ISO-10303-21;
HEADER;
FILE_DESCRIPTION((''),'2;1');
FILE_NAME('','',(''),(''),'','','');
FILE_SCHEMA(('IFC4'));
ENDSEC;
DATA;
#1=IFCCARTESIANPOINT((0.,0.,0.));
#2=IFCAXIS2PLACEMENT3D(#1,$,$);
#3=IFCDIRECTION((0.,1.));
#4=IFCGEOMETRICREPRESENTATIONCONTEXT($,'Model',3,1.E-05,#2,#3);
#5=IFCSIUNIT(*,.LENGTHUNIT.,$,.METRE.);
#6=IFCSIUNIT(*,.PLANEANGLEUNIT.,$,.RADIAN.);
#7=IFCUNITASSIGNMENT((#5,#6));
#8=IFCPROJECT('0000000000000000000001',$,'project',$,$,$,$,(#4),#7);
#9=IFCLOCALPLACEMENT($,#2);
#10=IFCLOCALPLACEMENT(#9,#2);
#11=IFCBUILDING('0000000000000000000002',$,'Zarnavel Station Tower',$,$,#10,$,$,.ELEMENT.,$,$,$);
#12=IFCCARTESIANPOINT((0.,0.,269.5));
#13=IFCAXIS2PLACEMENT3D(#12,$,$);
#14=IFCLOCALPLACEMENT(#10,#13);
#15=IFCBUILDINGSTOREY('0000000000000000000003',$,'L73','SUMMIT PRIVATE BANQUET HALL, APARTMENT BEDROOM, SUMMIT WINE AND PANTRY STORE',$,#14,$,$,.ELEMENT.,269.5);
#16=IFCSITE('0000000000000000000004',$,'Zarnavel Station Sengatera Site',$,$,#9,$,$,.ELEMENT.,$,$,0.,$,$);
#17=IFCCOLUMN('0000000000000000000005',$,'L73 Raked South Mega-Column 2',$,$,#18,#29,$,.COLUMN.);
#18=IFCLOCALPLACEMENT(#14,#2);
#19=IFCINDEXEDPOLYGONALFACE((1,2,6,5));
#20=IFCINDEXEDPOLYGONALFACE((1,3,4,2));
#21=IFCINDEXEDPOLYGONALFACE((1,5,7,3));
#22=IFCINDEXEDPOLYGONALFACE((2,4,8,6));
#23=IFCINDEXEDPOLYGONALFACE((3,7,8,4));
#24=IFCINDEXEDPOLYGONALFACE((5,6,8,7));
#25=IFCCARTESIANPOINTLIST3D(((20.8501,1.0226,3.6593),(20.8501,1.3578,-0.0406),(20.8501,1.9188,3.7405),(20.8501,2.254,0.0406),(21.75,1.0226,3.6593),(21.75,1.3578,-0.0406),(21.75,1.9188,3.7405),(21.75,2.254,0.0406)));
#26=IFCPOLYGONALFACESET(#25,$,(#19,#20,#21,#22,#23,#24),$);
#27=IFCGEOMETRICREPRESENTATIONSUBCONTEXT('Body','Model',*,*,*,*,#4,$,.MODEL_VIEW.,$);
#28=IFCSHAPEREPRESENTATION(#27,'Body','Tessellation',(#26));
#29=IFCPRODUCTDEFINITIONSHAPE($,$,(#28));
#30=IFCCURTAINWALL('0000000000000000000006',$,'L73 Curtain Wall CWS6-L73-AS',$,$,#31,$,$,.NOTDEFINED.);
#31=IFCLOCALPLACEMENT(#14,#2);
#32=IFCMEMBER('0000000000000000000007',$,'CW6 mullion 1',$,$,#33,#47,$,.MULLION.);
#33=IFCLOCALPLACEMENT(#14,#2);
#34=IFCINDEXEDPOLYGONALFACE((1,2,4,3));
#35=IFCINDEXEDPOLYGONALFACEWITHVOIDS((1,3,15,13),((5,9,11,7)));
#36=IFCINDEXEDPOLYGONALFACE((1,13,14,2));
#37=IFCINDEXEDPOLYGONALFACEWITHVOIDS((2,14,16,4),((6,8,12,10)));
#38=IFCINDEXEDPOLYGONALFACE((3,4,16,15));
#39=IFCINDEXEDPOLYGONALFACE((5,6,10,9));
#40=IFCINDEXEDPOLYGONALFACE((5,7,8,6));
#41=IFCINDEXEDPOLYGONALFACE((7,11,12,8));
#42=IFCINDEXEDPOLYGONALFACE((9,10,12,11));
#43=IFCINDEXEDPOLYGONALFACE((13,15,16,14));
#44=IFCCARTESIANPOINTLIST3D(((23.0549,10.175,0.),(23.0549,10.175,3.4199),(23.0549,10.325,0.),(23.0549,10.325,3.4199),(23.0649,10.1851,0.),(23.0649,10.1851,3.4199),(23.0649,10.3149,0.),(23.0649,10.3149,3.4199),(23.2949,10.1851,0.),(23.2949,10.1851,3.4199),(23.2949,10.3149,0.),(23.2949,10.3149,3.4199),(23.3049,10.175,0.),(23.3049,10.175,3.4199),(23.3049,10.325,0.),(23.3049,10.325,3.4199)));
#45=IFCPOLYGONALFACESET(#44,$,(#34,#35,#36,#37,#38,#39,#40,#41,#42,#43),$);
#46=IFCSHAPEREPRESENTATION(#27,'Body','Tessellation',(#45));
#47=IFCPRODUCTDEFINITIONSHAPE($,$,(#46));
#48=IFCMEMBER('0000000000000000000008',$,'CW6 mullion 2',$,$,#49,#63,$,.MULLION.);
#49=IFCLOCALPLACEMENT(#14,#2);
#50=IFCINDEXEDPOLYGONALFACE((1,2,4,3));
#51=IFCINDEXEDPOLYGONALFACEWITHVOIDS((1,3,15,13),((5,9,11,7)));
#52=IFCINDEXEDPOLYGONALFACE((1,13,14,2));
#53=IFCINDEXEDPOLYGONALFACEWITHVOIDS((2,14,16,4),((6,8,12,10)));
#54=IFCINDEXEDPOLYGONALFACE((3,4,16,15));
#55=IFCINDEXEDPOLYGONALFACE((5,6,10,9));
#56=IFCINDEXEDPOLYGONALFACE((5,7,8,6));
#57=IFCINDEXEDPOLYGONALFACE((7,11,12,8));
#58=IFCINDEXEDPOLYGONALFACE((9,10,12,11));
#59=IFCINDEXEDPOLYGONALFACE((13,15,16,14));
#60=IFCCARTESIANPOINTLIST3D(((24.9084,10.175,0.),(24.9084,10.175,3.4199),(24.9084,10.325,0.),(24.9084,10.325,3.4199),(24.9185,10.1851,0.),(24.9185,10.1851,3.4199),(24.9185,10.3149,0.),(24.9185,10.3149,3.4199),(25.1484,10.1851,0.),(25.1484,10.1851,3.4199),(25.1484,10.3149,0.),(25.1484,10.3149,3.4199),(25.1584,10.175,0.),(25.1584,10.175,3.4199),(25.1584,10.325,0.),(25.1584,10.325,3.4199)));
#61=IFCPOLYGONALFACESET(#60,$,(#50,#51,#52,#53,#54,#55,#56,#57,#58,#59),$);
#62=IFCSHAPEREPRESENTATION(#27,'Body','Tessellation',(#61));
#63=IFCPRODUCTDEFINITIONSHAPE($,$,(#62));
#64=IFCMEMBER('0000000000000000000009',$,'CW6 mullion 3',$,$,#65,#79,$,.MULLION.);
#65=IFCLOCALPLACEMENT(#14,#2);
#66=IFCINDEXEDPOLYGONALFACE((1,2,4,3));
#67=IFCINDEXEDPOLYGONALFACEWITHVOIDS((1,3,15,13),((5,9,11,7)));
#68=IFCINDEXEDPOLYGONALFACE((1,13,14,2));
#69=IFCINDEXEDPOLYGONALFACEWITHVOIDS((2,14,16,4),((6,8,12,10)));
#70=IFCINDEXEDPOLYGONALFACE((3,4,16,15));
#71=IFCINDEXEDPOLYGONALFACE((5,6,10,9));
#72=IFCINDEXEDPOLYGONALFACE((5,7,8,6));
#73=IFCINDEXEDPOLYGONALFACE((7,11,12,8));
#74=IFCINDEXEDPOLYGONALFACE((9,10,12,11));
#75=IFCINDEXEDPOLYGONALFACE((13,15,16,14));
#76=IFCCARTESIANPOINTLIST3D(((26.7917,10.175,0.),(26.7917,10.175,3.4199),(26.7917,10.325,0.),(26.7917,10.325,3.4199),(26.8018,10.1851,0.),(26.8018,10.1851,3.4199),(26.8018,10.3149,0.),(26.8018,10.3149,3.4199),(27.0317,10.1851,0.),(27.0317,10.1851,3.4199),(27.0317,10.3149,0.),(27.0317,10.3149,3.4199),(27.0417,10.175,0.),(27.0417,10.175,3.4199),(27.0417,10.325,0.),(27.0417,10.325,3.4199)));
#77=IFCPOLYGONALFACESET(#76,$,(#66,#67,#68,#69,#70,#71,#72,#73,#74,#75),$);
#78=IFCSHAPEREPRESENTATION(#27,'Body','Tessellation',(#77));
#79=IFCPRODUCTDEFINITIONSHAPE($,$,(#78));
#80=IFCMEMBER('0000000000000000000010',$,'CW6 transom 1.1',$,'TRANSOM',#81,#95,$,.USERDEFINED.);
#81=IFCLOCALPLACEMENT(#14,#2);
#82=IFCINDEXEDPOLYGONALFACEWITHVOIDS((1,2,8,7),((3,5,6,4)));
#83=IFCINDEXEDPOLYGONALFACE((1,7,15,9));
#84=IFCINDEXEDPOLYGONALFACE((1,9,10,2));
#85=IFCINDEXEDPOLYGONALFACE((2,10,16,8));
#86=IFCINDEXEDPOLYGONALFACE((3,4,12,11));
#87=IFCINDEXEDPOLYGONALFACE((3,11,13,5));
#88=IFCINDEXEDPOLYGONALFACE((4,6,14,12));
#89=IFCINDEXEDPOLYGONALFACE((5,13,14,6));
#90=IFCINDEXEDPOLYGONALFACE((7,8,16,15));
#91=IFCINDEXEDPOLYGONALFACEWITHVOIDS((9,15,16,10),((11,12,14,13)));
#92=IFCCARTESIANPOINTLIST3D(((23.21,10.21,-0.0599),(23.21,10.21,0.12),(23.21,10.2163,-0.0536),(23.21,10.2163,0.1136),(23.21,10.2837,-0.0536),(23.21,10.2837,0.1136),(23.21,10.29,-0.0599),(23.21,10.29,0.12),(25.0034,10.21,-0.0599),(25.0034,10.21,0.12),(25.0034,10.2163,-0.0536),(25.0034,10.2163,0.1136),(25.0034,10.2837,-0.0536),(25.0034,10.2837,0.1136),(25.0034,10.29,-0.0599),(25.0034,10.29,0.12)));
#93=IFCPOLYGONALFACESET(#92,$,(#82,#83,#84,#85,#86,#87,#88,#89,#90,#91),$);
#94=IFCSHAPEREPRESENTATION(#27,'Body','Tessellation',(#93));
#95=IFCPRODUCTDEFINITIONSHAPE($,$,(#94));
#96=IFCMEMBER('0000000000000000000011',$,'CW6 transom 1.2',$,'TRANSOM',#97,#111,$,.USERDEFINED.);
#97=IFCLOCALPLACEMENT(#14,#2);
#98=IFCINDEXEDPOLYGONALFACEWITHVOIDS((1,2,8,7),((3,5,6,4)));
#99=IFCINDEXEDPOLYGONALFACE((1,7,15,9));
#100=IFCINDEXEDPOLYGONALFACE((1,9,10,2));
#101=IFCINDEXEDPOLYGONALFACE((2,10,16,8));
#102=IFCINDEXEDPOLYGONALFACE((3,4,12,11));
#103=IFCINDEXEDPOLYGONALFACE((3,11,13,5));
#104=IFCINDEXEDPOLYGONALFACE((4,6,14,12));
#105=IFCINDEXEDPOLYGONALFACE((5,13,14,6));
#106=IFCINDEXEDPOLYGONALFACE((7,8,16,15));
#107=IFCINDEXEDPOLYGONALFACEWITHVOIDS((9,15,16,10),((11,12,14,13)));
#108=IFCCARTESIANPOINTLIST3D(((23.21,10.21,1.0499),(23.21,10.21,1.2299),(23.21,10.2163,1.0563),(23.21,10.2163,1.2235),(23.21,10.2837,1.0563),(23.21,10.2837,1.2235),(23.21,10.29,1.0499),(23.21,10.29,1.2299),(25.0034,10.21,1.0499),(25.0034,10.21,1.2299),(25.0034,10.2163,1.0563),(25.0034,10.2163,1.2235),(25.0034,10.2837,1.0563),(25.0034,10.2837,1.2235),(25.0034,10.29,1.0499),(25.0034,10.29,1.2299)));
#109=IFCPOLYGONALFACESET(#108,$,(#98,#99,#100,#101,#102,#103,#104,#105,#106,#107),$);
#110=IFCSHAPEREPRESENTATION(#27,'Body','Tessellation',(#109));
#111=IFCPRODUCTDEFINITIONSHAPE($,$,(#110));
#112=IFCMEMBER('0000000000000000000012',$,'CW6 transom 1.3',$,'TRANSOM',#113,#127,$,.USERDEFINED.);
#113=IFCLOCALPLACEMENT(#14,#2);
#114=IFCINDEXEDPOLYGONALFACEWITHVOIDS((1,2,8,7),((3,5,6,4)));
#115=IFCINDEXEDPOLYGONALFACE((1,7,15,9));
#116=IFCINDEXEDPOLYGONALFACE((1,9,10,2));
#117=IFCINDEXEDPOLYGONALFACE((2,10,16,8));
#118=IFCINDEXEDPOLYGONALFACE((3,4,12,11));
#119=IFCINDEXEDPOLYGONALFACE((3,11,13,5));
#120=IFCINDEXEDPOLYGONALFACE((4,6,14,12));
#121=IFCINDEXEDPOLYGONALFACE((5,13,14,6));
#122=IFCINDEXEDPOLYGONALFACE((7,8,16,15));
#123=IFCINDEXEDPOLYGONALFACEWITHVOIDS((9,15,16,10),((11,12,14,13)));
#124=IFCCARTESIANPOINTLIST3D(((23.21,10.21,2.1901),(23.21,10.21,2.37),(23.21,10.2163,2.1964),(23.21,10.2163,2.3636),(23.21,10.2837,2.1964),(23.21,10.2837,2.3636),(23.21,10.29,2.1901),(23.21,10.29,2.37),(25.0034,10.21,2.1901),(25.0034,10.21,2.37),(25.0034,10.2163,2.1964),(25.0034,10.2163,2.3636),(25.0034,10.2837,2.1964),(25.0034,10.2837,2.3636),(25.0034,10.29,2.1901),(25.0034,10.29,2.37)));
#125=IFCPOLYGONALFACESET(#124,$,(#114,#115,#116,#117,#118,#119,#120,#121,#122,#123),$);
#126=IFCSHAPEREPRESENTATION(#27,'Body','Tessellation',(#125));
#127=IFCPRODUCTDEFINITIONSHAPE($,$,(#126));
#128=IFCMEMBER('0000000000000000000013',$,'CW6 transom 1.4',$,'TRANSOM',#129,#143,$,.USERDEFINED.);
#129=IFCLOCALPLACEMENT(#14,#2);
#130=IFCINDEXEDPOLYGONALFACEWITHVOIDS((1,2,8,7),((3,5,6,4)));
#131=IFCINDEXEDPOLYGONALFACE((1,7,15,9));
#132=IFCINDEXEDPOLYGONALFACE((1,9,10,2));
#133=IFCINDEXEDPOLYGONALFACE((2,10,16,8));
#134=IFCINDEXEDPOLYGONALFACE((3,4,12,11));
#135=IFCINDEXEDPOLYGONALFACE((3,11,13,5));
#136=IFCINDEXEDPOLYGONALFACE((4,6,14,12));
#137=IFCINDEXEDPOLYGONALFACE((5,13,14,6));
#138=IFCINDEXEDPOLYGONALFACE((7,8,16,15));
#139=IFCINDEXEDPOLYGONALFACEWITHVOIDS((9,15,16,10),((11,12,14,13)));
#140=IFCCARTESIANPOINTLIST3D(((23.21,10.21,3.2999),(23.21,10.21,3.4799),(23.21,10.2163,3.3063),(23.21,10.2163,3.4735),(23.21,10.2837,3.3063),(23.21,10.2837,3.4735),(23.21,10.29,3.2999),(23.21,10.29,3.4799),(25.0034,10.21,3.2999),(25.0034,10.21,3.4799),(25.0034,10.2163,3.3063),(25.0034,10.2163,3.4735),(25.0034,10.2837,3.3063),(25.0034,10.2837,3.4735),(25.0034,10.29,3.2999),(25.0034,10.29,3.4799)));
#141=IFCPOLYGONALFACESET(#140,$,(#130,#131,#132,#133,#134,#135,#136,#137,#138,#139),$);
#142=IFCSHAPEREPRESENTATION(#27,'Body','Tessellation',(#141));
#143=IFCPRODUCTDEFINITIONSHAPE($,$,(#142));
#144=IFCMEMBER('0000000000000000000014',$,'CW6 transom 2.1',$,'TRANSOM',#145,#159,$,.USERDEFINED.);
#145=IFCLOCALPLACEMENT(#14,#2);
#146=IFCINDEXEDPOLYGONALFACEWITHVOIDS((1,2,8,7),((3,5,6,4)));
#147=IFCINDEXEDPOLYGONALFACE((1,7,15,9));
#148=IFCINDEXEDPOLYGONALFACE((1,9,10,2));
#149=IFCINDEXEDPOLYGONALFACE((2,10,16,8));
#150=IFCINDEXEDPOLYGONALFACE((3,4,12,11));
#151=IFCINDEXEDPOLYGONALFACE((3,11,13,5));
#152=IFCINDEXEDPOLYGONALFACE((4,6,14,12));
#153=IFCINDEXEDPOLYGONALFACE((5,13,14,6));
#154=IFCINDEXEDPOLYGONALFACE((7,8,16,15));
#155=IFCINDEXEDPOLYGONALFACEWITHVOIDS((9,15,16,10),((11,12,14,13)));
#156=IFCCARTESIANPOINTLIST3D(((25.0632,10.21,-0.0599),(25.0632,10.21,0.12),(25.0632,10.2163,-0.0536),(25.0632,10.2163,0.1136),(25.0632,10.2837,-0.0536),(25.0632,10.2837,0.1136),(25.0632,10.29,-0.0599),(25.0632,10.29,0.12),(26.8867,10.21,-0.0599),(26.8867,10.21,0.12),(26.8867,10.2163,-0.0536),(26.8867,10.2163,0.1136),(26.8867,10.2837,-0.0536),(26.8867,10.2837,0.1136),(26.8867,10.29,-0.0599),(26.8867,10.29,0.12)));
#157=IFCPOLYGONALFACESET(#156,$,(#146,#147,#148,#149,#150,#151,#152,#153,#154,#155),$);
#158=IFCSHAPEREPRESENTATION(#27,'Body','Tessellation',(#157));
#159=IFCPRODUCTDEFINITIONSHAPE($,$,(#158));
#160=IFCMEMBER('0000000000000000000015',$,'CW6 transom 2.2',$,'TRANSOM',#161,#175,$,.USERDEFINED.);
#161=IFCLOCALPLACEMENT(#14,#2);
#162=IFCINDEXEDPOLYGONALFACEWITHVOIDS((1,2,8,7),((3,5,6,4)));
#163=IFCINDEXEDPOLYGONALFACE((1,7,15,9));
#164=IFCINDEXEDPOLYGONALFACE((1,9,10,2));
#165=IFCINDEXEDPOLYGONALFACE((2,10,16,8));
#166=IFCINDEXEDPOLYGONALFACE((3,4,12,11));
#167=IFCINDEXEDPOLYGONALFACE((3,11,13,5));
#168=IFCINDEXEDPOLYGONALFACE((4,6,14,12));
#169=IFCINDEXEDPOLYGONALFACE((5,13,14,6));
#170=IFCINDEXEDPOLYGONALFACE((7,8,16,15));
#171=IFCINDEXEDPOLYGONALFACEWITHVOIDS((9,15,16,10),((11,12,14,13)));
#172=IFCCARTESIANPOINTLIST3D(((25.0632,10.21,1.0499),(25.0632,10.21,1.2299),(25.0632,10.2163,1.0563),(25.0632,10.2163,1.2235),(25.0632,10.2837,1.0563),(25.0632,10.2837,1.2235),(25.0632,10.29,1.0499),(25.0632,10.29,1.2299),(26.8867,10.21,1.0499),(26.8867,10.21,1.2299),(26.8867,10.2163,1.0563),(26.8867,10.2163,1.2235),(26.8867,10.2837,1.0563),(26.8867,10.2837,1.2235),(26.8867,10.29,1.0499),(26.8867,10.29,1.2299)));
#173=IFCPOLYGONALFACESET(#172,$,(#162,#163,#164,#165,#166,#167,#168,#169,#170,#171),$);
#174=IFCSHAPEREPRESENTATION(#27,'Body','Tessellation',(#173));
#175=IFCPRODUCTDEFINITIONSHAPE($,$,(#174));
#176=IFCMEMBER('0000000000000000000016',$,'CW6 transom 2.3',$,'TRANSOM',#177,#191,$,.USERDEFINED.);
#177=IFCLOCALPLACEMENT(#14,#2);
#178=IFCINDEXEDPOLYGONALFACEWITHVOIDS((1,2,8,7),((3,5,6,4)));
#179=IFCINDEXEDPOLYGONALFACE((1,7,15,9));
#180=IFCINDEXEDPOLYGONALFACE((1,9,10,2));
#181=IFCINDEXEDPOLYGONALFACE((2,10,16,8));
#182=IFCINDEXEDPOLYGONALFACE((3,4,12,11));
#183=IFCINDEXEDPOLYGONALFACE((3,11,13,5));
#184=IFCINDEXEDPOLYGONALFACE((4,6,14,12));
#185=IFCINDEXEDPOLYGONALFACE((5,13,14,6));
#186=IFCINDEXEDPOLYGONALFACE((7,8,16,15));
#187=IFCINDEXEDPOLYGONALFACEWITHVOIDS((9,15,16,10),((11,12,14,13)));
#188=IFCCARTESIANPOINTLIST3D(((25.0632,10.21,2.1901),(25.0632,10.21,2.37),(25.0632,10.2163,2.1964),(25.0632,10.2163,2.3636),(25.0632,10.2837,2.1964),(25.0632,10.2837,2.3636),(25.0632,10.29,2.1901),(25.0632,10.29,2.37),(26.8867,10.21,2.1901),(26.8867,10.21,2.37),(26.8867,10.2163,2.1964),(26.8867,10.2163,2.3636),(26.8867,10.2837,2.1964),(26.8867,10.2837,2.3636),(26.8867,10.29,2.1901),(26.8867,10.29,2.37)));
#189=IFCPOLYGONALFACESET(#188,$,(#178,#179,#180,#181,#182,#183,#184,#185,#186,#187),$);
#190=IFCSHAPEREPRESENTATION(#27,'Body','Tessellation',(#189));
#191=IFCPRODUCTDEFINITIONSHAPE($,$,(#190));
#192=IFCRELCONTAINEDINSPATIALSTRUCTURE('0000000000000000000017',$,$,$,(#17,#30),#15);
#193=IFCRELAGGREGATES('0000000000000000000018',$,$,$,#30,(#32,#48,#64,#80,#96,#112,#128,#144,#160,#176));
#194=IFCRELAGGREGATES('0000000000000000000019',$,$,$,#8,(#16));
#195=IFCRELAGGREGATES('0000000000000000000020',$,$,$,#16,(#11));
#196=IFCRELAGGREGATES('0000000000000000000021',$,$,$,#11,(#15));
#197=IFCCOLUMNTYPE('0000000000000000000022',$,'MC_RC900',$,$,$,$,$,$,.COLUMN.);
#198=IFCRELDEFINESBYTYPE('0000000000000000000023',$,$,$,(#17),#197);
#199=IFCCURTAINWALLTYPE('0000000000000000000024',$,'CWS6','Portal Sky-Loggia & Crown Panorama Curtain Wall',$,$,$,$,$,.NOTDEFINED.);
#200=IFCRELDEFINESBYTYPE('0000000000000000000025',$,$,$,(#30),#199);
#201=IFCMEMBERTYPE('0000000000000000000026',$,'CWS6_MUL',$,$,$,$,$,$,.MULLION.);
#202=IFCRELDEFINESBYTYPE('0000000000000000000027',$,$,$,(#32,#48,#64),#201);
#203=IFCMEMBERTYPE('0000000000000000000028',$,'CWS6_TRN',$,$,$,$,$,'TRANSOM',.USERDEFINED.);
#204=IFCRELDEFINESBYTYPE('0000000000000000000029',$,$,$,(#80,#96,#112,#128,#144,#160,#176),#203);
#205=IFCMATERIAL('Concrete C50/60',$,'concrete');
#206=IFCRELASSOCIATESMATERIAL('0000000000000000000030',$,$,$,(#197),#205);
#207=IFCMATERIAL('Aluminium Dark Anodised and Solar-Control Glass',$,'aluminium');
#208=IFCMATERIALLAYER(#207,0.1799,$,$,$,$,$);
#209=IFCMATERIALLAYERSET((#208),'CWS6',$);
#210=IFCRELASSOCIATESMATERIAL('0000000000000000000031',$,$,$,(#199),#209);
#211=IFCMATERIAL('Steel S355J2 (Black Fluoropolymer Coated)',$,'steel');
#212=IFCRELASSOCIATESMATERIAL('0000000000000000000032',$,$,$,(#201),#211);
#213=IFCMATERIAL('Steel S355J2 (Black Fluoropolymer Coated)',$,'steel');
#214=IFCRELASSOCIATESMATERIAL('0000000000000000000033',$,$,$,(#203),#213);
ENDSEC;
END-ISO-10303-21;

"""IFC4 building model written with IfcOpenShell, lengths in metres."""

from ifc_helpers import new_model, si_unit, direction, frame, origin, origin_2d, place, context, subcontext, project, spatial, rectangle, hollow_rectangle, extrude, material, layer, layer_set, material_profile, profile_set, type_object, element, aggregate, save


model = new_model("IFC4")

# Units and contexts
model_context = context("Model", 3, precision=1e-05, world=origin(), true_north=direction((0.0, 1.0)))
body_context = subcontext(model_context, "Body", "Model", "MODEL_VIEW")
ifc_project = project(units=[si_unit("LENGTHUNIT", "METRE"), si_unit("PLANEANGLEUNIT", "RADIAN")], contexts=[model_context])

# Site, building, storey
site_placement = place(None, origin())
site = spatial("IfcSite", under=ifc_project, at=site_placement, Name="Zarnavel Station Sengatera Site", CompositionType="ELEMENT", RefElevation=0.0)
building_placement = place(site_placement, origin())
building = spatial("IfcBuilding", under=site, at=building_placement, Name="Zarnavel Station Tower", CompositionType="ELEMENT")
storey_placement = place(building_placement, frame((0.0, 0.0, 269.5)))
storey = spatial("IfcBuildingStorey", under=building, at=storey_placement, Name="L73", Description="SUMMIT PRIVATE BANQUET HALL, APARTMENT BEDROOM, SUMMIT WINE AND PANTRY STORE", CompositionType="ELEMENT", Elevation=269.5)

# Column
ifc_material_1 = material(Name="Concrete C50/60", Category="concrete")
ifc_material_profile_1 = material_profile(ifc_material_1, rectangle(XDim=0.8999, YDim=0.8999, at=origin_2d()), Name="RC900x900")
ifc_profile_set_1 = profile_set([ifc_material_profile_1], Name="Concrete C50/60")
column_type = type_object("IfcColumnType", Name="MC_RC900", PredefinedType="COLUMN", material=ifc_profile_set_1)
column_placement = place(storey_placement, frame((21.3, 1.8059, 0.0), z_axis=(0.0, -0.090228, 0.995921), x_axis=(1.0, 0.0, 0.0)))
element("IfcColumn", 1, at=column_placement, inside=storey, type_object=column_type, Name="L73 Raked South Mega-Column 2", PredefinedType="COLUMN", context=body_context, shape_type="SweptSolid", body=[
    extrude(rectangle(XDim=0.8999, YDim=0.8999, at=origin_2d()), origin(), (0.0, 0.0, 1.0), 3.7151),
])

# Curtain wall, members
ifc_material_2 = material(Name="Aluminium Dark Anodised and Solar-Control Glass", Category="aluminium")
ifc_layer_1 = layer(ifc_material_2, 0.1799)
ifc_layer_set_1 = layer_set([ifc_layer_1], Name="CWS6")
curtain_wall_type = type_object("IfcCurtainWallType", Name="CWS6", Description="Portal Sky-Loggia & Crown Panorama Curtain Wall", PredefinedType="NOTDEFINED", material=ifc_layer_set_1)
curtain_wall_placement = place(storey_placement, origin())
curtain_wall = element("IfcCurtainWall", 2, at=curtain_wall_placement, inside=storey, type_object=curtain_wall_type, Name="L73 Curtain Wall CWS6-L73-AS", PredefinedType="NOTDEFINED")
ifc_material_3 = material(Name="Steel S355J2 (Black Fluoropolymer Coated)", Category="steel")
ifc_material_profile_2 = material_profile(ifc_material_3, hollow_rectangle(XDim=0.1499, YDim=0.25, WallThickness=0.01, at=origin_2d()), Name="RHS250x150x10")
ifc_profile_set_2 = profile_set([ifc_material_profile_2], Name="Steel S355J2 (Black Fluoropolymer Coated)")
member_type_1 = type_object("IfcMemberType", Name="CWS6_MUL", PredefinedType="MULLION", material=ifc_profile_set_2)
member_1_placement = place(storey_placement, frame((23.1799, 10.25, 0.0), z_axis=(0.0, 0.0, 1.0), x_axis=(0.0, 1.0, 0.0)))
member_1 = element("IfcMember", 3, at=member_1_placement, type_object=member_type_1, Name="CW6 mullion 1", PredefinedType="MULLION", context=body_context, shape_type="SweptSolid", body=[
    extrude(hollow_rectangle(XDim=0.1499, YDim=0.25, WallThickness=0.01, at=origin_2d()), origin(), (0.0, 0.0, 1.0), 3.4199),
])
member_2_placement = place(storey_placement, frame((25.0334, 10.25, 0.0), z_axis=(0.0, 0.0, 1.0), x_axis=(0.0, 1.0, 0.0)))
member_2 = element("IfcMember", 4, at=member_2_placement, type_object=member_type_1, Name="CW6 mullion 2", PredefinedType="MULLION", context=body_context, shape_type="SweptSolid", body=[
    extrude(hollow_rectangle(XDim=0.1499, YDim=0.25, WallThickness=0.01, at=origin_2d()), origin(), (0.0, 0.0, 1.0), 3.4199),
])
member_3_placement = place(storey_placement, frame((26.9167, 10.25, 0.0), z_axis=(0.0, 0.0, 1.0), x_axis=(0.0, 1.0, 0.0)))
member_3 = element("IfcMember", 5, at=member_3_placement, type_object=member_type_1, Name="CW6 mullion 3", PredefinedType="MULLION", context=body_context, shape_type="SweptSolid", body=[
    extrude(hollow_rectangle(XDim=0.1499, YDim=0.25, WallThickness=0.01, at=origin_2d()), origin(), (0.0, 0.0, 1.0), 3.4199),
])
ifc_material_4 = material(Name="Steel S355J2 (Black Fluoropolymer Coated)", Category="steel")
ifc_material_profile_3 = material_profile(ifc_material_4, hollow_rectangle(XDim=0.0801, YDim=0.1799, WallThickness=0.0063, at=origin_2d()), Name="RHS180x80x6.3")
ifc_profile_set_3 = profile_set([ifc_material_profile_3], Name="Steel S355J2 (Black Fluoropolymer Coated)")
member_type_2 = type_object("IfcMemberType", Name="CWS6_TRN", ElementType="TRANSOM", PredefinedType="USERDEFINED", material=ifc_profile_set_3)
member_4_placement = place(storey_placement, frame((23.21, 10.25, 0.03), z_axis=(1.0, 0.0, 0.0), x_axis=(0.0, 1.0, 0.0)))
member_4 = element("IfcMember", 6, at=member_4_placement, type_object=member_type_2, Name="CW6 transom 1.1", ObjectType="TRANSOM", PredefinedType="USERDEFINED", context=body_context, shape_type="SweptSolid", body=[
    extrude(hollow_rectangle(XDim=0.0801, YDim=0.1799, WallThickness=0.0063, at=origin_2d()), origin(), (0.0, 0.0, 1.0), 1.7935),
])
member_5_placement = place(storey_placement, frame((23.21, 10.25, 1.1399), z_axis=(1.0, 0.0, 0.0), x_axis=(0.0, 1.0, 0.0)))
member_5 = element("IfcMember", 7, at=member_5_placement, type_object=member_type_2, Name="CW6 transom 1.2", ObjectType="TRANSOM", PredefinedType="USERDEFINED", context=body_context, shape_type="SweptSolid", body=[
    extrude(hollow_rectangle(XDim=0.0801, YDim=0.1799, WallThickness=0.0063, at=origin_2d()), origin(), (0.0, 0.0, 1.0), 1.7935),
])
member_6_placement = place(storey_placement, frame((23.21, 10.25, 2.28), z_axis=(1.0, 0.0, 0.0), x_axis=(0.0, 1.0, 0.0)))
member_6 = element("IfcMember", 8, at=member_6_placement, type_object=member_type_2, Name="CW6 transom 1.3", ObjectType="TRANSOM", PredefinedType="USERDEFINED", context=body_context, shape_type="SweptSolid", body=[
    extrude(hollow_rectangle(XDim=0.0801, YDim=0.1799, WallThickness=0.0063, at=origin_2d()), origin(), (0.0, 0.0, 1.0), 1.7935),
])
member_7_placement = place(storey_placement, frame((23.21, 10.25, 3.3899), z_axis=(1.0, 0.0, 0.0), x_axis=(0.0, 1.0, 0.0)))
member_7 = element("IfcMember", 9, at=member_7_placement, type_object=member_type_2, Name="CW6 transom 1.4", ObjectType="TRANSOM", PredefinedType="USERDEFINED", context=body_context, shape_type="SweptSolid", body=[
    extrude(hollow_rectangle(XDim=0.0801, YDim=0.1799, WallThickness=0.0063, at=origin_2d()), origin(), (0.0, 0.0, 1.0), 1.7935),
])
member_8_placement = place(storey_placement, frame((25.0632, 10.25, 0.03), z_axis=(1.0, 0.0, 0.0), x_axis=(0.0, 1.0, 0.0)))
member_8 = element("IfcMember", 10, at=member_8_placement, type_object=member_type_2, Name="CW6 transom 2.1", ObjectType="TRANSOM", PredefinedType="USERDEFINED", context=body_context, shape_type="SweptSolid", body=[
    extrude(hollow_rectangle(XDim=0.0801, YDim=0.1799, WallThickness=0.0063, at=origin_2d()), origin(), (0.0, 0.0, 1.0), 1.8235),
])
member_9_placement = place(storey_placement, frame((25.0632, 10.25, 1.1399), z_axis=(1.0, 0.0, 0.0), x_axis=(0.0, 1.0, 0.0)))
member_9 = element("IfcMember", 11, at=member_9_placement, type_object=member_type_2, Name="CW6 transom 2.2", ObjectType="TRANSOM", PredefinedType="USERDEFINED", context=body_context, shape_type="SweptSolid", body=[
    extrude(hollow_rectangle(XDim=0.0801, YDim=0.1799, WallThickness=0.0063, at=origin_2d()), origin(), (0.0, 0.0, 1.0), 1.8235),
])
member_10_placement = place(storey_placement, frame((25.0632, 10.25, 2.28), z_axis=(1.0, 0.0, 0.0), x_axis=(0.0, 1.0, 0.0)))
member_10 = element("IfcMember", 12, at=member_10_placement, type_object=member_type_2, Name="CW6 transom 2.3", ObjectType="TRANSOM", PredefinedType="USERDEFINED", context=body_context, shape_type="SweptSolid", body=[
    extrude(hollow_rectangle(XDim=0.0801, YDim=0.1799, WallThickness=0.0063, at=origin_2d()), origin(), (0.0, 0.0, 1.0), 1.8235),
])

aggregate(curtain_wall, [member_1, member_2, member_3, member_4, member_5, member_6, member_7, member_8, member_9, member_10])

save(model, "model.ifc")
